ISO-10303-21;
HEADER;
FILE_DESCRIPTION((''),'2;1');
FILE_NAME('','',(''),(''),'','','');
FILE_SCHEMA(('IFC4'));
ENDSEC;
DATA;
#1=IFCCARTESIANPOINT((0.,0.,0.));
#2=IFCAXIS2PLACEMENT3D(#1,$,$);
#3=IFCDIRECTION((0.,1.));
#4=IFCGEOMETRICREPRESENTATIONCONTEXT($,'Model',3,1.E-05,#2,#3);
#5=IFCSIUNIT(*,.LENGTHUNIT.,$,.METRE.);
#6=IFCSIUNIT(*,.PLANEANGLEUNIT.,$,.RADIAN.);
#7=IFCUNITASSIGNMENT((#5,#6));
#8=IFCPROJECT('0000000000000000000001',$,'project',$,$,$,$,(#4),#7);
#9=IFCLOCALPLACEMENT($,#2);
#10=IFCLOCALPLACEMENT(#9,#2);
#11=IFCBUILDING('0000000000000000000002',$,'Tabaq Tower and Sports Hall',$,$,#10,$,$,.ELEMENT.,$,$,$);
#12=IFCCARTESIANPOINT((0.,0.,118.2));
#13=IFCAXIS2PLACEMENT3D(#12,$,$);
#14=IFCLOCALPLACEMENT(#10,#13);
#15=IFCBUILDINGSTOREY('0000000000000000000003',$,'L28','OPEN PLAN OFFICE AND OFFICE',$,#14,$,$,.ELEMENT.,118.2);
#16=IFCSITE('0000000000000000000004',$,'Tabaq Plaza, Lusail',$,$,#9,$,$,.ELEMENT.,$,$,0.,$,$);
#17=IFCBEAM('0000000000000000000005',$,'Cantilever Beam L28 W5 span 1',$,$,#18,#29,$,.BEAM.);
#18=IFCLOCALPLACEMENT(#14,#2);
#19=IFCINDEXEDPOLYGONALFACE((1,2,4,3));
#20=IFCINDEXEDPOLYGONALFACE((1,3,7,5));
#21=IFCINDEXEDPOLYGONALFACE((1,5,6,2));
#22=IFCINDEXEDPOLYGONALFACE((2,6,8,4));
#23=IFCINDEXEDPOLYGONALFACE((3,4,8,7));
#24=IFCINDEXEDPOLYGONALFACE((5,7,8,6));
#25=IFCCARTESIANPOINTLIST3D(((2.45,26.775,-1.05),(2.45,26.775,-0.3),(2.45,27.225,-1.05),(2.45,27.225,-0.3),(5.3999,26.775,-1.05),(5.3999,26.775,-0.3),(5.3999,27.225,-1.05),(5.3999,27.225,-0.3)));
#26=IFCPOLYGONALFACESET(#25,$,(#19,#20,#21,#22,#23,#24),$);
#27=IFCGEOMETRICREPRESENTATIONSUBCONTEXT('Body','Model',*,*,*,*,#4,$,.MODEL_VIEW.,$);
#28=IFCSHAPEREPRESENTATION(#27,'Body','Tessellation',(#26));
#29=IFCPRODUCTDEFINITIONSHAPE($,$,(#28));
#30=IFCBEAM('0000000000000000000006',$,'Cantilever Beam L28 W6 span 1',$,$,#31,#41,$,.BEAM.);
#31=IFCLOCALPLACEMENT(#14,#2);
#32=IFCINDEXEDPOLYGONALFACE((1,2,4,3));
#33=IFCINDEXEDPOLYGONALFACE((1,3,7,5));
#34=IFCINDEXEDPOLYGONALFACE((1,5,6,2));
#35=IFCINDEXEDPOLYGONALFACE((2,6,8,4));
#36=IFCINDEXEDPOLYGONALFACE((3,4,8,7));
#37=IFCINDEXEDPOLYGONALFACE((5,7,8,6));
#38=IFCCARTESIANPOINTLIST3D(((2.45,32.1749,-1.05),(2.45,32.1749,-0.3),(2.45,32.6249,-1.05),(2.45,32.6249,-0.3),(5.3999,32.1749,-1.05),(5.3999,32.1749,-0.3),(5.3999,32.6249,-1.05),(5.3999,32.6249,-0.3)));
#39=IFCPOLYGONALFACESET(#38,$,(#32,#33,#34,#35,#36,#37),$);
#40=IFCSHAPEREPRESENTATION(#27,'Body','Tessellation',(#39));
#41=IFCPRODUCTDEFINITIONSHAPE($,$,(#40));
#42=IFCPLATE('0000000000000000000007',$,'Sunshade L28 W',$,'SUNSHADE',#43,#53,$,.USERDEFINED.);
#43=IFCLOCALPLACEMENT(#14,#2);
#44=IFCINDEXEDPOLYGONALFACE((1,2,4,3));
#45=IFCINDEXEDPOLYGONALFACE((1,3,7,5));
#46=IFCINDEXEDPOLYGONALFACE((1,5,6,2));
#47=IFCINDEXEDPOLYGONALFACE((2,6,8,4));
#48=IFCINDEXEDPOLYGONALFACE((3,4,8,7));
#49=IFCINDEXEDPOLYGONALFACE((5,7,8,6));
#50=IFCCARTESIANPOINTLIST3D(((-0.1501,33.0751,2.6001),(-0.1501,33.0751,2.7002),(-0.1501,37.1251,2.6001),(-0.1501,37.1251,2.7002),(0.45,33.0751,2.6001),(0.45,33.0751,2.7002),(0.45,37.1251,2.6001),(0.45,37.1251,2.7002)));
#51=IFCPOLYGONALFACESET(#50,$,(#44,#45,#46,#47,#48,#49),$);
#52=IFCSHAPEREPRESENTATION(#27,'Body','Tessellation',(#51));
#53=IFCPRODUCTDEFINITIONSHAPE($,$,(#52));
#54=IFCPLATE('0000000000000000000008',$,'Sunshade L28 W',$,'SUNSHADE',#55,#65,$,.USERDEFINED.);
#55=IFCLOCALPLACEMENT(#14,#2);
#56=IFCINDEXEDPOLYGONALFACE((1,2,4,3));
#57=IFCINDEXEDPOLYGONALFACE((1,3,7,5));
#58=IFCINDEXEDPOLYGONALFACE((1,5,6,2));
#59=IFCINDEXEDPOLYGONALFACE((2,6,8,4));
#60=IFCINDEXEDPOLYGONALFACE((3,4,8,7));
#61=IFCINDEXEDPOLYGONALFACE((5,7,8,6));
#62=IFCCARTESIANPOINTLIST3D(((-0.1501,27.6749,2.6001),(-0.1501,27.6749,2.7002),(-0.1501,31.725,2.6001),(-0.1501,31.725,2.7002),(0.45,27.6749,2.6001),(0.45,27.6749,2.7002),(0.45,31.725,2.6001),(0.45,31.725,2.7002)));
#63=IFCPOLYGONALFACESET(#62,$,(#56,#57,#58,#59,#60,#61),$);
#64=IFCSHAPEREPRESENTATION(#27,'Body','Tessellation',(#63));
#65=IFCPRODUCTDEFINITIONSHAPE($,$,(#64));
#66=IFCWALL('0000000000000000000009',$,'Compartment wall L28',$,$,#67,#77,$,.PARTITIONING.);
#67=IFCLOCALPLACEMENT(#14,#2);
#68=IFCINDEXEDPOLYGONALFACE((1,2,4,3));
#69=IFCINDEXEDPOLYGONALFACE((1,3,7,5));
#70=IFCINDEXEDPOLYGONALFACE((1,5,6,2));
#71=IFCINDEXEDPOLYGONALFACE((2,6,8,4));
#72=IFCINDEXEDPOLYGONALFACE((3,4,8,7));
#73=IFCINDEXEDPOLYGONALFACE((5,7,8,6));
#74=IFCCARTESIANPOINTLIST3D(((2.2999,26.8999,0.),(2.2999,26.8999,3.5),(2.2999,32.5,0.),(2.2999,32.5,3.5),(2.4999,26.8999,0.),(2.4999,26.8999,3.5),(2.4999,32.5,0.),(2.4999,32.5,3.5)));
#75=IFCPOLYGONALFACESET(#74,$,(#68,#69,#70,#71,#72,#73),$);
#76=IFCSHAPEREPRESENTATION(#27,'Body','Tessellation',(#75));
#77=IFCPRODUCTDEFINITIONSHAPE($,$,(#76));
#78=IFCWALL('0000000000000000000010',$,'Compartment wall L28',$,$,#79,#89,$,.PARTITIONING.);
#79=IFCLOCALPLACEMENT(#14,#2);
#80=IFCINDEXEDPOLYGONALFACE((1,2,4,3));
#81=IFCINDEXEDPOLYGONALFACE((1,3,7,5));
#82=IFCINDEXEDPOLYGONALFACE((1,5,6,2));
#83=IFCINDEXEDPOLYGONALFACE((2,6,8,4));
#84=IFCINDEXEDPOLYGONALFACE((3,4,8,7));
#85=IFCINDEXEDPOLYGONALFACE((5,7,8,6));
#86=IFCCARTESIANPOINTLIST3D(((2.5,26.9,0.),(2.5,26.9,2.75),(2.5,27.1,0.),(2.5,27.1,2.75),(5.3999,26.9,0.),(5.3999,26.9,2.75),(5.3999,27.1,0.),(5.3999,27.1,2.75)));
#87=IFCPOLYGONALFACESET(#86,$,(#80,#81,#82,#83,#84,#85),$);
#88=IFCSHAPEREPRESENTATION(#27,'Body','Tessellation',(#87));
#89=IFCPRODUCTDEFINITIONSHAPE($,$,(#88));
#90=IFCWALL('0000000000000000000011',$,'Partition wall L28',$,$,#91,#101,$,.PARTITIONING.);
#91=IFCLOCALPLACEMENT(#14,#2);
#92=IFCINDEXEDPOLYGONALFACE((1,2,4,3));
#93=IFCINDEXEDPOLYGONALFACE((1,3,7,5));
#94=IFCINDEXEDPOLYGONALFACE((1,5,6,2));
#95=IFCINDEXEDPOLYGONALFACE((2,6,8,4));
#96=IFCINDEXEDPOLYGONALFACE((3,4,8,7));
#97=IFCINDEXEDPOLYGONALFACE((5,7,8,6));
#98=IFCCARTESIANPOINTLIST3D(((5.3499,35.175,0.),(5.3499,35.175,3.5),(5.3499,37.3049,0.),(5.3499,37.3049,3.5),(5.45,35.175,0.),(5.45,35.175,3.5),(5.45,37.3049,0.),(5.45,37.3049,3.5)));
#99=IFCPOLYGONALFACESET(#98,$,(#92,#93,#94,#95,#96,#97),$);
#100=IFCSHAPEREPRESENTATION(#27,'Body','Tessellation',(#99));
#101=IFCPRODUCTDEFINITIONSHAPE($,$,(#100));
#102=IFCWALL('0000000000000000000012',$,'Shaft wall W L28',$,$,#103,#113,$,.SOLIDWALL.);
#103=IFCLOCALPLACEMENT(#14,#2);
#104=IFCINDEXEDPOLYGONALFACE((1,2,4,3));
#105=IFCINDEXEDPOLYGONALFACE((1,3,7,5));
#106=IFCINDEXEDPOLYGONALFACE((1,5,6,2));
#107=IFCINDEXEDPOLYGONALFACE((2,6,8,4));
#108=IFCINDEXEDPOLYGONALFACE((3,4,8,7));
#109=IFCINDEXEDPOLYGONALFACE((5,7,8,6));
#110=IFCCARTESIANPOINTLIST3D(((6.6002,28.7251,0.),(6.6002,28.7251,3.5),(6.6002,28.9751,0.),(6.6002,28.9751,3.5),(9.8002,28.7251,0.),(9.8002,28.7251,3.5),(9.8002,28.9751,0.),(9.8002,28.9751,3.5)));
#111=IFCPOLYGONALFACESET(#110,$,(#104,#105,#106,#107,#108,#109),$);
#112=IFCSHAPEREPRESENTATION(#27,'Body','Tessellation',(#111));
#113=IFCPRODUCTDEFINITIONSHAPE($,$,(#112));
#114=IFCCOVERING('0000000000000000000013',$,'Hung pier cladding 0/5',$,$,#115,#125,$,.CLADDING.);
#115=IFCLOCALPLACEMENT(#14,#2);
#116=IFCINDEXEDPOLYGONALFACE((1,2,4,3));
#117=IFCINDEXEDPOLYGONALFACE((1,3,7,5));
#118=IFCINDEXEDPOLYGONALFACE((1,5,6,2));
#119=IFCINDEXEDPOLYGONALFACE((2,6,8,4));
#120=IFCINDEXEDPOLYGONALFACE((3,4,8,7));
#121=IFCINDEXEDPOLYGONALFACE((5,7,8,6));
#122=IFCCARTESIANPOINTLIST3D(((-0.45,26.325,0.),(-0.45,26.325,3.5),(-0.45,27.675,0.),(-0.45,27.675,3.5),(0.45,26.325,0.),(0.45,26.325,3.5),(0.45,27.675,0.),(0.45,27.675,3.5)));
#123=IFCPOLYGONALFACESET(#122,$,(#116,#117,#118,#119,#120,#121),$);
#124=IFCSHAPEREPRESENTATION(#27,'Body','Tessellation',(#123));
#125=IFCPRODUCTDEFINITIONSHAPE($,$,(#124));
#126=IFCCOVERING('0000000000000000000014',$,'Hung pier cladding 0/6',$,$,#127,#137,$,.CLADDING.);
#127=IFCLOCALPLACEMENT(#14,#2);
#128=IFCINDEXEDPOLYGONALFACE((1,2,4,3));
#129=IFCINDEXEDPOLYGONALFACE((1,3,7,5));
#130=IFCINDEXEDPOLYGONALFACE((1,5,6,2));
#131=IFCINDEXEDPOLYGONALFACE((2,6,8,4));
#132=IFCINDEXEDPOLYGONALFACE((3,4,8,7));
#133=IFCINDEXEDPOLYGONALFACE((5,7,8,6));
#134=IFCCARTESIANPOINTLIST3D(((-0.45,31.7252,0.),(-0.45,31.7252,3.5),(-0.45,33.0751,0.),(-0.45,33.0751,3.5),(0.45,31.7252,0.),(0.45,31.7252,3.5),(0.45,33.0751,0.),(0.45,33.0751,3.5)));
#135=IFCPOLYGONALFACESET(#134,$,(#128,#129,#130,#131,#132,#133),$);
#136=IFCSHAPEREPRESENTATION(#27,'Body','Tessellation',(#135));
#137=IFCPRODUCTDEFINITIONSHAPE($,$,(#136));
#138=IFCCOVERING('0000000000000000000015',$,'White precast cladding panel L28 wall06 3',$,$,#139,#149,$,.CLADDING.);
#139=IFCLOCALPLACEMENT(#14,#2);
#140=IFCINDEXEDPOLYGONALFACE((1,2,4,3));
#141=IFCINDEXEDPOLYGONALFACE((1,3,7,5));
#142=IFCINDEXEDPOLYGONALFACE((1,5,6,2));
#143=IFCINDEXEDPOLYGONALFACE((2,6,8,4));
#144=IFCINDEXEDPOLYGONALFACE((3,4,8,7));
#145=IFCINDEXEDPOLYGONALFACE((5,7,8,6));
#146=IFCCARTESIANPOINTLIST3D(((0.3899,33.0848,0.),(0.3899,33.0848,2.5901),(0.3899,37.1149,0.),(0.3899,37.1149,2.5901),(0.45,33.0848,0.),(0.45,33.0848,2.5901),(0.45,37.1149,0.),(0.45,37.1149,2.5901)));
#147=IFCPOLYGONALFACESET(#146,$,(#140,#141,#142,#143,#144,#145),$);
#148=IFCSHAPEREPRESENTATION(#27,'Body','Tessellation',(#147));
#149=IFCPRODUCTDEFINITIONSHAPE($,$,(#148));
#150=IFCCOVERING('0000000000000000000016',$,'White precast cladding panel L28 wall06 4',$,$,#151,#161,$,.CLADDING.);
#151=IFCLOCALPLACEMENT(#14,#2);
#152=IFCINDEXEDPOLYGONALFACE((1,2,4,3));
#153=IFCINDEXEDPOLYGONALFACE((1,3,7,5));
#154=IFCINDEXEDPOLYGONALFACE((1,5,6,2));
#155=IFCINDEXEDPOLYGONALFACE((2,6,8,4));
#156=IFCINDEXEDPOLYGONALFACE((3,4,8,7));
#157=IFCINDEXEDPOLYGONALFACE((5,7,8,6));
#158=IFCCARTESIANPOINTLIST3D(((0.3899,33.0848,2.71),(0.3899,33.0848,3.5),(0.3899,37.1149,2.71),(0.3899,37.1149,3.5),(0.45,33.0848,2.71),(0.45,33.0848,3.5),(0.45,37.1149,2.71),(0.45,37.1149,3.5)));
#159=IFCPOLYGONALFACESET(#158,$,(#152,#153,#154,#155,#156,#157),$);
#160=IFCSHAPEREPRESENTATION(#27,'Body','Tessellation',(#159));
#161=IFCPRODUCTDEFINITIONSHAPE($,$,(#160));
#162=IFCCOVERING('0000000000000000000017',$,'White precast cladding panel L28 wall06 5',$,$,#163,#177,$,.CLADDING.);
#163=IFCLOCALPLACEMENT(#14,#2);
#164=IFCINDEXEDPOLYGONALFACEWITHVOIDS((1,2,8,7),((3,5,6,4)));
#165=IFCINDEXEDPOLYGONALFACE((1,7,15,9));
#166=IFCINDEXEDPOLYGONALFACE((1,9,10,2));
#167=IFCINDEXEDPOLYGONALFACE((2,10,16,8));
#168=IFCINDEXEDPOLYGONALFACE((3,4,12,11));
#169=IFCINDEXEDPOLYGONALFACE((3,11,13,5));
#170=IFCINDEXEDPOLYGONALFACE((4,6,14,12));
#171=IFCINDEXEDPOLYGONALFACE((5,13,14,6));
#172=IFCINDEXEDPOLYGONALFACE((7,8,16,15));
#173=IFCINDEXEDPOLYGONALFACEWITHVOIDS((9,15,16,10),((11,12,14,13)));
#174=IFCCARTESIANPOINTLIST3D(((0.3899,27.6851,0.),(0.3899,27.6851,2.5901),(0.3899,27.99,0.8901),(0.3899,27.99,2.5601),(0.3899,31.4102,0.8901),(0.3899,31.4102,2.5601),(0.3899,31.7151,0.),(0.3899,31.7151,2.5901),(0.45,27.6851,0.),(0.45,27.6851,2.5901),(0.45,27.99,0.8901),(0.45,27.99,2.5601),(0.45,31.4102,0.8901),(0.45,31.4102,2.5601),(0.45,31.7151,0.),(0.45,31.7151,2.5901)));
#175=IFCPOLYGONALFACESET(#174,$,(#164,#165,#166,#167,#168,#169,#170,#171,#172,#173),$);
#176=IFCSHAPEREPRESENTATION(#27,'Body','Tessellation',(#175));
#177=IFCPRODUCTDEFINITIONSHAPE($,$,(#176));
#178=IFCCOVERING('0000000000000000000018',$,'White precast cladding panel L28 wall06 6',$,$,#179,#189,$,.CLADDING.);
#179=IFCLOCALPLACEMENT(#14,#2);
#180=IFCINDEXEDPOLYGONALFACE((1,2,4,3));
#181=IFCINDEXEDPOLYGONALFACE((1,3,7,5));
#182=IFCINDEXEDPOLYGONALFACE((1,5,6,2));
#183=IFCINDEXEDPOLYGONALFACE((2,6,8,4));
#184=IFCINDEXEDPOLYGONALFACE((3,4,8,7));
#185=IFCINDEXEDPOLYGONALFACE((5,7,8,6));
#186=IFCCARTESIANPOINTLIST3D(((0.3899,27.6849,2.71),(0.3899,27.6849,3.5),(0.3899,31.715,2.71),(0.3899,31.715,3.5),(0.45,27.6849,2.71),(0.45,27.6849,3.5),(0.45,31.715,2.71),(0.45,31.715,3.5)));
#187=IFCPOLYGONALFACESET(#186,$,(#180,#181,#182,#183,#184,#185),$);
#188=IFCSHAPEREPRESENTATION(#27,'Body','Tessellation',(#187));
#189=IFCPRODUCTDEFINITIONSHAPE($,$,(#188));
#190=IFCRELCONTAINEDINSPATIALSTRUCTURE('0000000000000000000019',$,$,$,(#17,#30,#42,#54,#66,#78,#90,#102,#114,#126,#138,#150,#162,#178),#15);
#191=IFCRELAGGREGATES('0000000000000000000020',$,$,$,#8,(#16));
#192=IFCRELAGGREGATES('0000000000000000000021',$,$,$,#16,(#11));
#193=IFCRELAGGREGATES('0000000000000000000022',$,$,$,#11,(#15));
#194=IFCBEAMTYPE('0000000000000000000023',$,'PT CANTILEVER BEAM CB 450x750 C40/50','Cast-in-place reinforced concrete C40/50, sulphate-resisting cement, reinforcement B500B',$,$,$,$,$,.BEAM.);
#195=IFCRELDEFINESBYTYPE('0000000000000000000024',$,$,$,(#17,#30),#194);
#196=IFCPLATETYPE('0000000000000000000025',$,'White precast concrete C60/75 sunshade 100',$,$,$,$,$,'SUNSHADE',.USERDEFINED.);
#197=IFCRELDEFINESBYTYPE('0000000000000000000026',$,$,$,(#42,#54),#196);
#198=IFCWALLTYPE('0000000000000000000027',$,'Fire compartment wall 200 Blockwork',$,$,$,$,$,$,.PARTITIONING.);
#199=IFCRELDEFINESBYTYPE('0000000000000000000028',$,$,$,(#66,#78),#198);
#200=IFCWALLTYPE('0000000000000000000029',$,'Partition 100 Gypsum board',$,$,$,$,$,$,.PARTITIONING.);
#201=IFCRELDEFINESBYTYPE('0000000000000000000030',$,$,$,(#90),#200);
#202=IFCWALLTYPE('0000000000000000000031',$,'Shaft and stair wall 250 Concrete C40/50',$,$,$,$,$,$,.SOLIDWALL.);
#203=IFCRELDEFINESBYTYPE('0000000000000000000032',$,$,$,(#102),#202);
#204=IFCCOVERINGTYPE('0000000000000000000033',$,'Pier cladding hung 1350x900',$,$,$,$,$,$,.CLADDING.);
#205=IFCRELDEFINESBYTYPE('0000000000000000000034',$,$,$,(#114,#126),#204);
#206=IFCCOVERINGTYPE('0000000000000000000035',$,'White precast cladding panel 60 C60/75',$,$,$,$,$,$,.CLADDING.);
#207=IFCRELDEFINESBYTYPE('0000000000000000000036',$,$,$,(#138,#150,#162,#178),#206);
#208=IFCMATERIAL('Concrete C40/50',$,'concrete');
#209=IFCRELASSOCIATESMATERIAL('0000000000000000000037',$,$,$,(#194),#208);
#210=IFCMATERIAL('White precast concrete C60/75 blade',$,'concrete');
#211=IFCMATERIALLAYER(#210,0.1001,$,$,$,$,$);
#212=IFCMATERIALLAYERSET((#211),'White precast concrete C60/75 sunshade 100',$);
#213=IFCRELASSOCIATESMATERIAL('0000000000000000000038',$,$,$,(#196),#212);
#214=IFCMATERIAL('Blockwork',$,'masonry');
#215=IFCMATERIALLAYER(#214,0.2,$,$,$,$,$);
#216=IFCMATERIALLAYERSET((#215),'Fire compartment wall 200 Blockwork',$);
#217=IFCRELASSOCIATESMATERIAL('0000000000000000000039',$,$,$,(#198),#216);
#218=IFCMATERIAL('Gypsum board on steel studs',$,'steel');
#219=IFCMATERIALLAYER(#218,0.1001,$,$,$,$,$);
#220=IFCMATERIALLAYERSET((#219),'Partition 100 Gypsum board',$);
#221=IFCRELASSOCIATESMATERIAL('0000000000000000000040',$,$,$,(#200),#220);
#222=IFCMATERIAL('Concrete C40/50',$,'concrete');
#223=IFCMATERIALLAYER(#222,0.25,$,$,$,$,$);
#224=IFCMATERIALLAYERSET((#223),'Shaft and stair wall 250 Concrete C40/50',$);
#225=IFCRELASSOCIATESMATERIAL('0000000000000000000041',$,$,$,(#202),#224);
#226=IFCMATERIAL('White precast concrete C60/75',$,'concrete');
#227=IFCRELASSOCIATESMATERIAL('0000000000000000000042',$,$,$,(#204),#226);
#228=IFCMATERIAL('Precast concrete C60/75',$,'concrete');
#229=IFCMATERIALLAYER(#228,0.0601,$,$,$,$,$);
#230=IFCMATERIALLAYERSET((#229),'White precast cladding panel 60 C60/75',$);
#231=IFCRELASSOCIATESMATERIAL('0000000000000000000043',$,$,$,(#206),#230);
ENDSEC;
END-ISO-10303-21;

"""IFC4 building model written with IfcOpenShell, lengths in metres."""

from ifc_helpers import new_model, si_unit, direction, frame, frame_2d, origin, origin_2d, place, context, subcontext, project, spatial, polyline, rectangle, outline, extrude, material, layer, layer_set, material_profile, profile_set, type_object, element, save


model = new_model("IFC4")

# Units and contexts
model_context = context("Model", 3, precision=1e-05, world=origin(), true_north=direction((0.0, 1.0)))
body_context = subcontext(model_context, "Body", "Model", "MODEL_VIEW")
ifc_project = project(units=[si_unit("LENGTHUNIT", "METRE"), si_unit("PLANEANGLEUNIT", "RADIAN")], contexts=[model_context])

# Site, building, storey
site_placement = place(None, origin())
site = spatial("IfcSite", under=ifc_project, at=site_placement, Name="Tabaq Plaza, Lusail", CompositionType="ELEMENT", RefElevation=0.0)
building_placement = place(site_placement, origin())
building = spatial("IfcBuilding", under=site, at=building_placement, Name="Tabaq Tower and Sports Hall", CompositionType="ELEMENT")
storey_placement = place(building_placement, frame((0.0, 0.0, 118.2)))
storey = spatial("IfcBuildingStorey", under=building, at=storey_placement, Name="L28", Description="OPEN PLAN OFFICE AND OFFICE", CompositionType="ELEMENT", Elevation=118.2)

# Beams
ifc_material_1 = material(Name="Concrete C40/50", Category="concrete")
ifc_material_profile = material_profile(ifc_material_1, rectangle(XDim=0.45, YDim=0.75, at=origin_2d()), Name="CB 450x750")
ifc_profile_set = profile_set([ifc_material_profile], Name="Concrete C40/50")
beam_type = type_object("IfcBeamType", Name="PT CANTILEVER BEAM CB 450x750 C40/50", Description="Cast-in-place reinforced concrete C40/50, sulphate-resisting cement, reinforcement B500B", PredefinedType="BEAM", material=ifc_profile_set)
for number, where, z_axis, x_axis, name in (
    (1, (2.45, 27.0, -0.675), (1.0, 0.0, 0.0), (0.0, 1.0, 0.0), "Cantilever Beam L28 W5 span 1"),
    (2, (2.45, 32.3999, -0.675), (1.0, 0.0, 0.0), (0.0, 1.0, 0.0), "Cantilever Beam L28 W6 span 1"),
):
    element("IfcBeam", number, at=place(storey_placement, frame(where, z_axis=z_axis, x_axis=x_axis)), inside=storey, type_object=beam_type, Name=name, PredefinedType="BEAM", context=body_context, shape_type="SweptSolid", body=[
        extrude(rectangle(XDim=0.45, YDim=0.75, at=origin_2d()), origin(), (0.0, 0.0, 1.0), 2.95),
    ])

# Plates
ifc_material_2 = material(Name="White precast concrete C60/75 blade", Category="concrete")
ifc_layer_1 = layer(ifc_material_2, 0.1001)
ifc_layer_set_1 = layer_set([ifc_layer_1], Name="White precast concrete C60/75 sunshade 100")
plate_type = type_object("IfcPlateType", Name="White precast concrete C60/75 sunshade 100", ElementType="SUNSHADE", PredefinedType="USERDEFINED", material=ifc_layer_set_1)
for number, where, z_axis, x_axis, name in (
    (3, (0.1499, 35.1001, 2.6001), (0.0, 0.0, 1.0), (0.0, -1.0, 0.0), "Sunshade L28 W"),
    (4, (0.1499, 29.7, 2.6001), (0.0, 0.0, 1.0), (0.0, -1.0, 0.0), "Sunshade L28 W"),
):
    element("IfcPlate", number, at=place(storey_placement, frame(where, z_axis=z_axis, x_axis=x_axis)), inside=storey, type_object=plate_type, Name=name, ObjectType="SUNSHADE", PredefinedType="USERDEFINED", context=body_context, shape_type="SweptSolid", body=[
        extrude(rectangle(XDim=4.05, YDim=0.6001, at=origin_2d()), origin(), (0.0, 0.0, 1.0), 0.1001),
    ])

# Wall
ifc_material_3 = material(Name="Blockwork", Category="masonry")
ifc_layer_2 = layer(ifc_material_3, 0.2)
ifc_layer_set_2 = layer_set([ifc_layer_2], Name="Fire compartment wall 200 Blockwork")
wall_type_1 = type_object("IfcWallType", Name="Fire compartment wall 200 Blockwork", PredefinedType="PARTITIONING", material=ifc_layer_set_2)
wall_1_placement = place(storey_placement, frame((2.3999, 26.8999, 0.0), z_axis=(0.0, 0.0, 1.0), x_axis=(0.0, 1.0, 0.0)))
element("IfcWall", 5, at=wall_1_placement, inside=storey, type_object=wall_type_1, Name="Compartment wall L28", PredefinedType="PARTITIONING", context=body_context, shape_type="SweptSolid", body=[
    extrude(rectangle(XDim=5.6001, YDim=0.2, at=frame_2d((2.8, 0.0))), origin(), (0.0, 0.0, 1.0), 3.5),
])

# Walls
wall_2_placement = place(storey_placement, frame((5.3999, 27.0, 0.0), z_axis=(0.0, 0.0, 1.0), x_axis=(-1.0, 0.0, 0.0)))
element("IfcWall", 6, at=wall_2_placement, inside=storey, type_object=wall_type_1, Name="Compartment wall L28", PredefinedType="PARTITIONING", context=body_context, shape_type="SweptSolid", body=[
    extrude(rectangle(XDim=2.8999, YDim=0.2, at=frame_2d((1.45, 0.0))), origin(), (0.0, 0.0, 1.0), 2.75),
])
ifc_material_4 = material(Name="Gypsum board on steel studs", Category="steel")
ifc_layer_3 = layer(ifc_material_4, 0.1001)
ifc_layer_set_3 = layer_set([ifc_layer_3], Name="Partition 100 Gypsum board")
wall_type_2 = type_object("IfcWallType", Name="Partition 100 Gypsum board", PredefinedType="PARTITIONING", material=ifc_layer_set_3)
wall_3_placement = place(storey_placement, frame((5.3999, 35.175, 0.0), z_axis=(0.0, 0.0, 1.0), x_axis=(0.0, 1.0, 0.0)))
element("IfcWall", 7, at=wall_3_placement, inside=storey, type_object=wall_type_2, Name="Partition wall L28", PredefinedType="PARTITIONING", context=body_context, shape_type="SweptSolid", body=[
    extrude(rectangle(XDim=2.1299, YDim=0.1001, at=frame_2d((1.0649, 0.0))), origin(), (0.0, 0.0, 1.0), 3.5),
])
ifc_material_5 = material(Name="Concrete C40/50", Category="concrete")
ifc_layer_4 = layer(ifc_material_5, 0.25)
ifc_layer_set_4 = layer_set([ifc_layer_4], Name="Shaft and stair wall 250 Concrete C40/50")
wall_type_3 = type_object("IfcWallType", Name="Shaft and stair wall 250 Concrete C40/50", PredefinedType="SOLIDWALL", material=ifc_layer_set_4)
wall_4_placement = place(storey_placement, frame((6.6001, 28.8501, 0.0), z_axis=(0.0, 0.0, 1.0), x_axis=(1.0, 0.0, 0.0)))
element("IfcWall", 8, at=wall_4_placement, inside=storey, type_object=wall_type_3, Name="Shaft wall W L28", PredefinedType="SOLIDWALL", context=body_context, shape_type="SweptSolid", body=[
    extrude(rectangle(XDim=3.2, YDim=0.25, at=frame_2d((1.6001, 0.0))), origin(), (0.0, 0.0, 1.0), 3.5),
])

# Coverings
ifc_material_6 = material(Name="White precast concrete C60/75", Category="concrete")
covering_type_1 = type_object("IfcCoveringType", Name="Pier cladding hung 1350x900", PredefinedType="CLADDING", material=ifc_material_6)
covering_1_placement = place(storey_placement, frame((0.0, 27.675, 0.0), z_axis=(0.0, 0.0, 1.0), x_axis=(0.0, -1.0, 0.0)))
element("IfcCovering", 9, at=covering_1_placement, inside=storey, type_object=covering_type_1, Name="Hung pier cladding 0/5", PredefinedType="CLADDING", context=body_context, shape_type="SweptSolid", body=[
    extrude(rectangle(XDim=1.3501, YDim=0.8999, at=frame_2d((0.675, 0.0))), origin(), (0.0, 0.0, 1.0), 3.5),
])
covering_2_placement = place(storey_placement, frame((0.0, 33.075, 0.0), z_axis=(0.0, 0.0, 1.0), x_axis=(0.0, -1.0, 0.0)))
element("IfcCovering", 10, at=covering_2_placement, inside=storey, type_object=covering_type_1, Name="Hung pier cladding 0/6", PredefinedType="CLADDING", context=body_context, shape_type="SweptSolid", body=[
    extrude(rectangle(XDim=1.3499, YDim=0.8999, at=frame_2d((0.6748, 0.0))), origin(), (0.0, 0.0, 1.0), 3.5),
])
ifc_material_7 = material(Name="Precast concrete C60/75", Category="concrete")
ifc_layer_5 = layer(ifc_material_7, 0.0601)
ifc_layer_set_5 = layer_set([ifc_layer_5], Name="White precast cladding panel 60 C60/75")
covering_type_2 = type_object("IfcCoveringType", Name="White precast cladding panel 60 C60/75", PredefinedType="CLADDING", material=ifc_layer_set_5)
covering_3_placement = place(storey_placement, frame((0.4199, 37.115, 0.0), z_axis=(0.0, 0.0, 1.0), x_axis=(0.0, -1.0, 0.0)))
element("IfcCovering", 11, at=covering_3_placement, inside=storey, type_object=covering_type_2, Name="White precast cladding panel L28 wall06 3", PredefinedType="CLADDING", context=body_context, shape_type="SweptSolid", body=[
    extrude(rectangle(XDim=4.03, YDim=0.0601, at=frame_2d((2.0151, 0.0))), origin(), (0.0, 0.0, 1.0), 2.5901),
])
covering_4_placement = place(storey_placement, frame((0.4199, 37.115, 2.71), z_axis=(0.0, 0.0, 1.0), x_axis=(0.0, -1.0, 0.0)))
element("IfcCovering", 12, at=covering_4_placement, inside=storey, type_object=covering_type_2, Name="White precast cladding panel L28 wall06 4", PredefinedType="CLADDING", context=body_context, shape_type="SweptSolid", body=[
    extrude(rectangle(XDim=4.03, YDim=0.0601, at=frame_2d((2.0151, 0.0))), origin(), (0.0, 0.0, 1.0), 0.79),
])
covering_5_placement = place(storey_placement, frame((0.4199, 31.7151, 0.0), z_axis=(0.0, 0.0, 1.0), x_axis=(0.0, -1.0, 0.0)))
element("IfcCovering", 13, at=covering_5_placement, inside=storey, type_object=covering_type_2, Name="White precast cladding panel L28 wall06 5", PredefinedType="CLADDING", context=body_context, shape_type="SweptSolid", body=[
    extrude(outline(polyline([(0.0, 0.0), (4.03, 0.0), (4.03, 2.5901), (0.0, 2.5901), (0.0, 0.0)]), holes=[polyline([(3.7251, 0.8901), (0.3049, 0.8901), (0.3049, 2.5601), (3.7251, 2.5601), (3.7251, 0.8901)])]), frame((0.0, 0.03, 0.0), z_axis=(0.0, -1.0, 0.0), x_axis=(1.0, 0.0, 0.0)), (0.0, 0.0, 1.0), 0.0601),
])
covering_6_placement = place(storey_placement, frame((0.4199, 31.7151, 2.71), z_axis=(0.0, 0.0, 1.0), x_axis=(0.0, -1.0, 0.0)))
element("IfcCovering", 14, at=covering_6_placement, inside=storey, type_object=covering_type_2, Name="White precast cladding panel L28 wall06 6", PredefinedType="CLADDING", context=body_context, shape_type="SweptSolid", body=[
    extrude(rectangle(XDim=4.03, YDim=0.0601, at=frame_2d((2.0151, 0.0))), origin(), (0.0, 0.0, 1.0), 0.79),
])

save(model, "model.ifc")
